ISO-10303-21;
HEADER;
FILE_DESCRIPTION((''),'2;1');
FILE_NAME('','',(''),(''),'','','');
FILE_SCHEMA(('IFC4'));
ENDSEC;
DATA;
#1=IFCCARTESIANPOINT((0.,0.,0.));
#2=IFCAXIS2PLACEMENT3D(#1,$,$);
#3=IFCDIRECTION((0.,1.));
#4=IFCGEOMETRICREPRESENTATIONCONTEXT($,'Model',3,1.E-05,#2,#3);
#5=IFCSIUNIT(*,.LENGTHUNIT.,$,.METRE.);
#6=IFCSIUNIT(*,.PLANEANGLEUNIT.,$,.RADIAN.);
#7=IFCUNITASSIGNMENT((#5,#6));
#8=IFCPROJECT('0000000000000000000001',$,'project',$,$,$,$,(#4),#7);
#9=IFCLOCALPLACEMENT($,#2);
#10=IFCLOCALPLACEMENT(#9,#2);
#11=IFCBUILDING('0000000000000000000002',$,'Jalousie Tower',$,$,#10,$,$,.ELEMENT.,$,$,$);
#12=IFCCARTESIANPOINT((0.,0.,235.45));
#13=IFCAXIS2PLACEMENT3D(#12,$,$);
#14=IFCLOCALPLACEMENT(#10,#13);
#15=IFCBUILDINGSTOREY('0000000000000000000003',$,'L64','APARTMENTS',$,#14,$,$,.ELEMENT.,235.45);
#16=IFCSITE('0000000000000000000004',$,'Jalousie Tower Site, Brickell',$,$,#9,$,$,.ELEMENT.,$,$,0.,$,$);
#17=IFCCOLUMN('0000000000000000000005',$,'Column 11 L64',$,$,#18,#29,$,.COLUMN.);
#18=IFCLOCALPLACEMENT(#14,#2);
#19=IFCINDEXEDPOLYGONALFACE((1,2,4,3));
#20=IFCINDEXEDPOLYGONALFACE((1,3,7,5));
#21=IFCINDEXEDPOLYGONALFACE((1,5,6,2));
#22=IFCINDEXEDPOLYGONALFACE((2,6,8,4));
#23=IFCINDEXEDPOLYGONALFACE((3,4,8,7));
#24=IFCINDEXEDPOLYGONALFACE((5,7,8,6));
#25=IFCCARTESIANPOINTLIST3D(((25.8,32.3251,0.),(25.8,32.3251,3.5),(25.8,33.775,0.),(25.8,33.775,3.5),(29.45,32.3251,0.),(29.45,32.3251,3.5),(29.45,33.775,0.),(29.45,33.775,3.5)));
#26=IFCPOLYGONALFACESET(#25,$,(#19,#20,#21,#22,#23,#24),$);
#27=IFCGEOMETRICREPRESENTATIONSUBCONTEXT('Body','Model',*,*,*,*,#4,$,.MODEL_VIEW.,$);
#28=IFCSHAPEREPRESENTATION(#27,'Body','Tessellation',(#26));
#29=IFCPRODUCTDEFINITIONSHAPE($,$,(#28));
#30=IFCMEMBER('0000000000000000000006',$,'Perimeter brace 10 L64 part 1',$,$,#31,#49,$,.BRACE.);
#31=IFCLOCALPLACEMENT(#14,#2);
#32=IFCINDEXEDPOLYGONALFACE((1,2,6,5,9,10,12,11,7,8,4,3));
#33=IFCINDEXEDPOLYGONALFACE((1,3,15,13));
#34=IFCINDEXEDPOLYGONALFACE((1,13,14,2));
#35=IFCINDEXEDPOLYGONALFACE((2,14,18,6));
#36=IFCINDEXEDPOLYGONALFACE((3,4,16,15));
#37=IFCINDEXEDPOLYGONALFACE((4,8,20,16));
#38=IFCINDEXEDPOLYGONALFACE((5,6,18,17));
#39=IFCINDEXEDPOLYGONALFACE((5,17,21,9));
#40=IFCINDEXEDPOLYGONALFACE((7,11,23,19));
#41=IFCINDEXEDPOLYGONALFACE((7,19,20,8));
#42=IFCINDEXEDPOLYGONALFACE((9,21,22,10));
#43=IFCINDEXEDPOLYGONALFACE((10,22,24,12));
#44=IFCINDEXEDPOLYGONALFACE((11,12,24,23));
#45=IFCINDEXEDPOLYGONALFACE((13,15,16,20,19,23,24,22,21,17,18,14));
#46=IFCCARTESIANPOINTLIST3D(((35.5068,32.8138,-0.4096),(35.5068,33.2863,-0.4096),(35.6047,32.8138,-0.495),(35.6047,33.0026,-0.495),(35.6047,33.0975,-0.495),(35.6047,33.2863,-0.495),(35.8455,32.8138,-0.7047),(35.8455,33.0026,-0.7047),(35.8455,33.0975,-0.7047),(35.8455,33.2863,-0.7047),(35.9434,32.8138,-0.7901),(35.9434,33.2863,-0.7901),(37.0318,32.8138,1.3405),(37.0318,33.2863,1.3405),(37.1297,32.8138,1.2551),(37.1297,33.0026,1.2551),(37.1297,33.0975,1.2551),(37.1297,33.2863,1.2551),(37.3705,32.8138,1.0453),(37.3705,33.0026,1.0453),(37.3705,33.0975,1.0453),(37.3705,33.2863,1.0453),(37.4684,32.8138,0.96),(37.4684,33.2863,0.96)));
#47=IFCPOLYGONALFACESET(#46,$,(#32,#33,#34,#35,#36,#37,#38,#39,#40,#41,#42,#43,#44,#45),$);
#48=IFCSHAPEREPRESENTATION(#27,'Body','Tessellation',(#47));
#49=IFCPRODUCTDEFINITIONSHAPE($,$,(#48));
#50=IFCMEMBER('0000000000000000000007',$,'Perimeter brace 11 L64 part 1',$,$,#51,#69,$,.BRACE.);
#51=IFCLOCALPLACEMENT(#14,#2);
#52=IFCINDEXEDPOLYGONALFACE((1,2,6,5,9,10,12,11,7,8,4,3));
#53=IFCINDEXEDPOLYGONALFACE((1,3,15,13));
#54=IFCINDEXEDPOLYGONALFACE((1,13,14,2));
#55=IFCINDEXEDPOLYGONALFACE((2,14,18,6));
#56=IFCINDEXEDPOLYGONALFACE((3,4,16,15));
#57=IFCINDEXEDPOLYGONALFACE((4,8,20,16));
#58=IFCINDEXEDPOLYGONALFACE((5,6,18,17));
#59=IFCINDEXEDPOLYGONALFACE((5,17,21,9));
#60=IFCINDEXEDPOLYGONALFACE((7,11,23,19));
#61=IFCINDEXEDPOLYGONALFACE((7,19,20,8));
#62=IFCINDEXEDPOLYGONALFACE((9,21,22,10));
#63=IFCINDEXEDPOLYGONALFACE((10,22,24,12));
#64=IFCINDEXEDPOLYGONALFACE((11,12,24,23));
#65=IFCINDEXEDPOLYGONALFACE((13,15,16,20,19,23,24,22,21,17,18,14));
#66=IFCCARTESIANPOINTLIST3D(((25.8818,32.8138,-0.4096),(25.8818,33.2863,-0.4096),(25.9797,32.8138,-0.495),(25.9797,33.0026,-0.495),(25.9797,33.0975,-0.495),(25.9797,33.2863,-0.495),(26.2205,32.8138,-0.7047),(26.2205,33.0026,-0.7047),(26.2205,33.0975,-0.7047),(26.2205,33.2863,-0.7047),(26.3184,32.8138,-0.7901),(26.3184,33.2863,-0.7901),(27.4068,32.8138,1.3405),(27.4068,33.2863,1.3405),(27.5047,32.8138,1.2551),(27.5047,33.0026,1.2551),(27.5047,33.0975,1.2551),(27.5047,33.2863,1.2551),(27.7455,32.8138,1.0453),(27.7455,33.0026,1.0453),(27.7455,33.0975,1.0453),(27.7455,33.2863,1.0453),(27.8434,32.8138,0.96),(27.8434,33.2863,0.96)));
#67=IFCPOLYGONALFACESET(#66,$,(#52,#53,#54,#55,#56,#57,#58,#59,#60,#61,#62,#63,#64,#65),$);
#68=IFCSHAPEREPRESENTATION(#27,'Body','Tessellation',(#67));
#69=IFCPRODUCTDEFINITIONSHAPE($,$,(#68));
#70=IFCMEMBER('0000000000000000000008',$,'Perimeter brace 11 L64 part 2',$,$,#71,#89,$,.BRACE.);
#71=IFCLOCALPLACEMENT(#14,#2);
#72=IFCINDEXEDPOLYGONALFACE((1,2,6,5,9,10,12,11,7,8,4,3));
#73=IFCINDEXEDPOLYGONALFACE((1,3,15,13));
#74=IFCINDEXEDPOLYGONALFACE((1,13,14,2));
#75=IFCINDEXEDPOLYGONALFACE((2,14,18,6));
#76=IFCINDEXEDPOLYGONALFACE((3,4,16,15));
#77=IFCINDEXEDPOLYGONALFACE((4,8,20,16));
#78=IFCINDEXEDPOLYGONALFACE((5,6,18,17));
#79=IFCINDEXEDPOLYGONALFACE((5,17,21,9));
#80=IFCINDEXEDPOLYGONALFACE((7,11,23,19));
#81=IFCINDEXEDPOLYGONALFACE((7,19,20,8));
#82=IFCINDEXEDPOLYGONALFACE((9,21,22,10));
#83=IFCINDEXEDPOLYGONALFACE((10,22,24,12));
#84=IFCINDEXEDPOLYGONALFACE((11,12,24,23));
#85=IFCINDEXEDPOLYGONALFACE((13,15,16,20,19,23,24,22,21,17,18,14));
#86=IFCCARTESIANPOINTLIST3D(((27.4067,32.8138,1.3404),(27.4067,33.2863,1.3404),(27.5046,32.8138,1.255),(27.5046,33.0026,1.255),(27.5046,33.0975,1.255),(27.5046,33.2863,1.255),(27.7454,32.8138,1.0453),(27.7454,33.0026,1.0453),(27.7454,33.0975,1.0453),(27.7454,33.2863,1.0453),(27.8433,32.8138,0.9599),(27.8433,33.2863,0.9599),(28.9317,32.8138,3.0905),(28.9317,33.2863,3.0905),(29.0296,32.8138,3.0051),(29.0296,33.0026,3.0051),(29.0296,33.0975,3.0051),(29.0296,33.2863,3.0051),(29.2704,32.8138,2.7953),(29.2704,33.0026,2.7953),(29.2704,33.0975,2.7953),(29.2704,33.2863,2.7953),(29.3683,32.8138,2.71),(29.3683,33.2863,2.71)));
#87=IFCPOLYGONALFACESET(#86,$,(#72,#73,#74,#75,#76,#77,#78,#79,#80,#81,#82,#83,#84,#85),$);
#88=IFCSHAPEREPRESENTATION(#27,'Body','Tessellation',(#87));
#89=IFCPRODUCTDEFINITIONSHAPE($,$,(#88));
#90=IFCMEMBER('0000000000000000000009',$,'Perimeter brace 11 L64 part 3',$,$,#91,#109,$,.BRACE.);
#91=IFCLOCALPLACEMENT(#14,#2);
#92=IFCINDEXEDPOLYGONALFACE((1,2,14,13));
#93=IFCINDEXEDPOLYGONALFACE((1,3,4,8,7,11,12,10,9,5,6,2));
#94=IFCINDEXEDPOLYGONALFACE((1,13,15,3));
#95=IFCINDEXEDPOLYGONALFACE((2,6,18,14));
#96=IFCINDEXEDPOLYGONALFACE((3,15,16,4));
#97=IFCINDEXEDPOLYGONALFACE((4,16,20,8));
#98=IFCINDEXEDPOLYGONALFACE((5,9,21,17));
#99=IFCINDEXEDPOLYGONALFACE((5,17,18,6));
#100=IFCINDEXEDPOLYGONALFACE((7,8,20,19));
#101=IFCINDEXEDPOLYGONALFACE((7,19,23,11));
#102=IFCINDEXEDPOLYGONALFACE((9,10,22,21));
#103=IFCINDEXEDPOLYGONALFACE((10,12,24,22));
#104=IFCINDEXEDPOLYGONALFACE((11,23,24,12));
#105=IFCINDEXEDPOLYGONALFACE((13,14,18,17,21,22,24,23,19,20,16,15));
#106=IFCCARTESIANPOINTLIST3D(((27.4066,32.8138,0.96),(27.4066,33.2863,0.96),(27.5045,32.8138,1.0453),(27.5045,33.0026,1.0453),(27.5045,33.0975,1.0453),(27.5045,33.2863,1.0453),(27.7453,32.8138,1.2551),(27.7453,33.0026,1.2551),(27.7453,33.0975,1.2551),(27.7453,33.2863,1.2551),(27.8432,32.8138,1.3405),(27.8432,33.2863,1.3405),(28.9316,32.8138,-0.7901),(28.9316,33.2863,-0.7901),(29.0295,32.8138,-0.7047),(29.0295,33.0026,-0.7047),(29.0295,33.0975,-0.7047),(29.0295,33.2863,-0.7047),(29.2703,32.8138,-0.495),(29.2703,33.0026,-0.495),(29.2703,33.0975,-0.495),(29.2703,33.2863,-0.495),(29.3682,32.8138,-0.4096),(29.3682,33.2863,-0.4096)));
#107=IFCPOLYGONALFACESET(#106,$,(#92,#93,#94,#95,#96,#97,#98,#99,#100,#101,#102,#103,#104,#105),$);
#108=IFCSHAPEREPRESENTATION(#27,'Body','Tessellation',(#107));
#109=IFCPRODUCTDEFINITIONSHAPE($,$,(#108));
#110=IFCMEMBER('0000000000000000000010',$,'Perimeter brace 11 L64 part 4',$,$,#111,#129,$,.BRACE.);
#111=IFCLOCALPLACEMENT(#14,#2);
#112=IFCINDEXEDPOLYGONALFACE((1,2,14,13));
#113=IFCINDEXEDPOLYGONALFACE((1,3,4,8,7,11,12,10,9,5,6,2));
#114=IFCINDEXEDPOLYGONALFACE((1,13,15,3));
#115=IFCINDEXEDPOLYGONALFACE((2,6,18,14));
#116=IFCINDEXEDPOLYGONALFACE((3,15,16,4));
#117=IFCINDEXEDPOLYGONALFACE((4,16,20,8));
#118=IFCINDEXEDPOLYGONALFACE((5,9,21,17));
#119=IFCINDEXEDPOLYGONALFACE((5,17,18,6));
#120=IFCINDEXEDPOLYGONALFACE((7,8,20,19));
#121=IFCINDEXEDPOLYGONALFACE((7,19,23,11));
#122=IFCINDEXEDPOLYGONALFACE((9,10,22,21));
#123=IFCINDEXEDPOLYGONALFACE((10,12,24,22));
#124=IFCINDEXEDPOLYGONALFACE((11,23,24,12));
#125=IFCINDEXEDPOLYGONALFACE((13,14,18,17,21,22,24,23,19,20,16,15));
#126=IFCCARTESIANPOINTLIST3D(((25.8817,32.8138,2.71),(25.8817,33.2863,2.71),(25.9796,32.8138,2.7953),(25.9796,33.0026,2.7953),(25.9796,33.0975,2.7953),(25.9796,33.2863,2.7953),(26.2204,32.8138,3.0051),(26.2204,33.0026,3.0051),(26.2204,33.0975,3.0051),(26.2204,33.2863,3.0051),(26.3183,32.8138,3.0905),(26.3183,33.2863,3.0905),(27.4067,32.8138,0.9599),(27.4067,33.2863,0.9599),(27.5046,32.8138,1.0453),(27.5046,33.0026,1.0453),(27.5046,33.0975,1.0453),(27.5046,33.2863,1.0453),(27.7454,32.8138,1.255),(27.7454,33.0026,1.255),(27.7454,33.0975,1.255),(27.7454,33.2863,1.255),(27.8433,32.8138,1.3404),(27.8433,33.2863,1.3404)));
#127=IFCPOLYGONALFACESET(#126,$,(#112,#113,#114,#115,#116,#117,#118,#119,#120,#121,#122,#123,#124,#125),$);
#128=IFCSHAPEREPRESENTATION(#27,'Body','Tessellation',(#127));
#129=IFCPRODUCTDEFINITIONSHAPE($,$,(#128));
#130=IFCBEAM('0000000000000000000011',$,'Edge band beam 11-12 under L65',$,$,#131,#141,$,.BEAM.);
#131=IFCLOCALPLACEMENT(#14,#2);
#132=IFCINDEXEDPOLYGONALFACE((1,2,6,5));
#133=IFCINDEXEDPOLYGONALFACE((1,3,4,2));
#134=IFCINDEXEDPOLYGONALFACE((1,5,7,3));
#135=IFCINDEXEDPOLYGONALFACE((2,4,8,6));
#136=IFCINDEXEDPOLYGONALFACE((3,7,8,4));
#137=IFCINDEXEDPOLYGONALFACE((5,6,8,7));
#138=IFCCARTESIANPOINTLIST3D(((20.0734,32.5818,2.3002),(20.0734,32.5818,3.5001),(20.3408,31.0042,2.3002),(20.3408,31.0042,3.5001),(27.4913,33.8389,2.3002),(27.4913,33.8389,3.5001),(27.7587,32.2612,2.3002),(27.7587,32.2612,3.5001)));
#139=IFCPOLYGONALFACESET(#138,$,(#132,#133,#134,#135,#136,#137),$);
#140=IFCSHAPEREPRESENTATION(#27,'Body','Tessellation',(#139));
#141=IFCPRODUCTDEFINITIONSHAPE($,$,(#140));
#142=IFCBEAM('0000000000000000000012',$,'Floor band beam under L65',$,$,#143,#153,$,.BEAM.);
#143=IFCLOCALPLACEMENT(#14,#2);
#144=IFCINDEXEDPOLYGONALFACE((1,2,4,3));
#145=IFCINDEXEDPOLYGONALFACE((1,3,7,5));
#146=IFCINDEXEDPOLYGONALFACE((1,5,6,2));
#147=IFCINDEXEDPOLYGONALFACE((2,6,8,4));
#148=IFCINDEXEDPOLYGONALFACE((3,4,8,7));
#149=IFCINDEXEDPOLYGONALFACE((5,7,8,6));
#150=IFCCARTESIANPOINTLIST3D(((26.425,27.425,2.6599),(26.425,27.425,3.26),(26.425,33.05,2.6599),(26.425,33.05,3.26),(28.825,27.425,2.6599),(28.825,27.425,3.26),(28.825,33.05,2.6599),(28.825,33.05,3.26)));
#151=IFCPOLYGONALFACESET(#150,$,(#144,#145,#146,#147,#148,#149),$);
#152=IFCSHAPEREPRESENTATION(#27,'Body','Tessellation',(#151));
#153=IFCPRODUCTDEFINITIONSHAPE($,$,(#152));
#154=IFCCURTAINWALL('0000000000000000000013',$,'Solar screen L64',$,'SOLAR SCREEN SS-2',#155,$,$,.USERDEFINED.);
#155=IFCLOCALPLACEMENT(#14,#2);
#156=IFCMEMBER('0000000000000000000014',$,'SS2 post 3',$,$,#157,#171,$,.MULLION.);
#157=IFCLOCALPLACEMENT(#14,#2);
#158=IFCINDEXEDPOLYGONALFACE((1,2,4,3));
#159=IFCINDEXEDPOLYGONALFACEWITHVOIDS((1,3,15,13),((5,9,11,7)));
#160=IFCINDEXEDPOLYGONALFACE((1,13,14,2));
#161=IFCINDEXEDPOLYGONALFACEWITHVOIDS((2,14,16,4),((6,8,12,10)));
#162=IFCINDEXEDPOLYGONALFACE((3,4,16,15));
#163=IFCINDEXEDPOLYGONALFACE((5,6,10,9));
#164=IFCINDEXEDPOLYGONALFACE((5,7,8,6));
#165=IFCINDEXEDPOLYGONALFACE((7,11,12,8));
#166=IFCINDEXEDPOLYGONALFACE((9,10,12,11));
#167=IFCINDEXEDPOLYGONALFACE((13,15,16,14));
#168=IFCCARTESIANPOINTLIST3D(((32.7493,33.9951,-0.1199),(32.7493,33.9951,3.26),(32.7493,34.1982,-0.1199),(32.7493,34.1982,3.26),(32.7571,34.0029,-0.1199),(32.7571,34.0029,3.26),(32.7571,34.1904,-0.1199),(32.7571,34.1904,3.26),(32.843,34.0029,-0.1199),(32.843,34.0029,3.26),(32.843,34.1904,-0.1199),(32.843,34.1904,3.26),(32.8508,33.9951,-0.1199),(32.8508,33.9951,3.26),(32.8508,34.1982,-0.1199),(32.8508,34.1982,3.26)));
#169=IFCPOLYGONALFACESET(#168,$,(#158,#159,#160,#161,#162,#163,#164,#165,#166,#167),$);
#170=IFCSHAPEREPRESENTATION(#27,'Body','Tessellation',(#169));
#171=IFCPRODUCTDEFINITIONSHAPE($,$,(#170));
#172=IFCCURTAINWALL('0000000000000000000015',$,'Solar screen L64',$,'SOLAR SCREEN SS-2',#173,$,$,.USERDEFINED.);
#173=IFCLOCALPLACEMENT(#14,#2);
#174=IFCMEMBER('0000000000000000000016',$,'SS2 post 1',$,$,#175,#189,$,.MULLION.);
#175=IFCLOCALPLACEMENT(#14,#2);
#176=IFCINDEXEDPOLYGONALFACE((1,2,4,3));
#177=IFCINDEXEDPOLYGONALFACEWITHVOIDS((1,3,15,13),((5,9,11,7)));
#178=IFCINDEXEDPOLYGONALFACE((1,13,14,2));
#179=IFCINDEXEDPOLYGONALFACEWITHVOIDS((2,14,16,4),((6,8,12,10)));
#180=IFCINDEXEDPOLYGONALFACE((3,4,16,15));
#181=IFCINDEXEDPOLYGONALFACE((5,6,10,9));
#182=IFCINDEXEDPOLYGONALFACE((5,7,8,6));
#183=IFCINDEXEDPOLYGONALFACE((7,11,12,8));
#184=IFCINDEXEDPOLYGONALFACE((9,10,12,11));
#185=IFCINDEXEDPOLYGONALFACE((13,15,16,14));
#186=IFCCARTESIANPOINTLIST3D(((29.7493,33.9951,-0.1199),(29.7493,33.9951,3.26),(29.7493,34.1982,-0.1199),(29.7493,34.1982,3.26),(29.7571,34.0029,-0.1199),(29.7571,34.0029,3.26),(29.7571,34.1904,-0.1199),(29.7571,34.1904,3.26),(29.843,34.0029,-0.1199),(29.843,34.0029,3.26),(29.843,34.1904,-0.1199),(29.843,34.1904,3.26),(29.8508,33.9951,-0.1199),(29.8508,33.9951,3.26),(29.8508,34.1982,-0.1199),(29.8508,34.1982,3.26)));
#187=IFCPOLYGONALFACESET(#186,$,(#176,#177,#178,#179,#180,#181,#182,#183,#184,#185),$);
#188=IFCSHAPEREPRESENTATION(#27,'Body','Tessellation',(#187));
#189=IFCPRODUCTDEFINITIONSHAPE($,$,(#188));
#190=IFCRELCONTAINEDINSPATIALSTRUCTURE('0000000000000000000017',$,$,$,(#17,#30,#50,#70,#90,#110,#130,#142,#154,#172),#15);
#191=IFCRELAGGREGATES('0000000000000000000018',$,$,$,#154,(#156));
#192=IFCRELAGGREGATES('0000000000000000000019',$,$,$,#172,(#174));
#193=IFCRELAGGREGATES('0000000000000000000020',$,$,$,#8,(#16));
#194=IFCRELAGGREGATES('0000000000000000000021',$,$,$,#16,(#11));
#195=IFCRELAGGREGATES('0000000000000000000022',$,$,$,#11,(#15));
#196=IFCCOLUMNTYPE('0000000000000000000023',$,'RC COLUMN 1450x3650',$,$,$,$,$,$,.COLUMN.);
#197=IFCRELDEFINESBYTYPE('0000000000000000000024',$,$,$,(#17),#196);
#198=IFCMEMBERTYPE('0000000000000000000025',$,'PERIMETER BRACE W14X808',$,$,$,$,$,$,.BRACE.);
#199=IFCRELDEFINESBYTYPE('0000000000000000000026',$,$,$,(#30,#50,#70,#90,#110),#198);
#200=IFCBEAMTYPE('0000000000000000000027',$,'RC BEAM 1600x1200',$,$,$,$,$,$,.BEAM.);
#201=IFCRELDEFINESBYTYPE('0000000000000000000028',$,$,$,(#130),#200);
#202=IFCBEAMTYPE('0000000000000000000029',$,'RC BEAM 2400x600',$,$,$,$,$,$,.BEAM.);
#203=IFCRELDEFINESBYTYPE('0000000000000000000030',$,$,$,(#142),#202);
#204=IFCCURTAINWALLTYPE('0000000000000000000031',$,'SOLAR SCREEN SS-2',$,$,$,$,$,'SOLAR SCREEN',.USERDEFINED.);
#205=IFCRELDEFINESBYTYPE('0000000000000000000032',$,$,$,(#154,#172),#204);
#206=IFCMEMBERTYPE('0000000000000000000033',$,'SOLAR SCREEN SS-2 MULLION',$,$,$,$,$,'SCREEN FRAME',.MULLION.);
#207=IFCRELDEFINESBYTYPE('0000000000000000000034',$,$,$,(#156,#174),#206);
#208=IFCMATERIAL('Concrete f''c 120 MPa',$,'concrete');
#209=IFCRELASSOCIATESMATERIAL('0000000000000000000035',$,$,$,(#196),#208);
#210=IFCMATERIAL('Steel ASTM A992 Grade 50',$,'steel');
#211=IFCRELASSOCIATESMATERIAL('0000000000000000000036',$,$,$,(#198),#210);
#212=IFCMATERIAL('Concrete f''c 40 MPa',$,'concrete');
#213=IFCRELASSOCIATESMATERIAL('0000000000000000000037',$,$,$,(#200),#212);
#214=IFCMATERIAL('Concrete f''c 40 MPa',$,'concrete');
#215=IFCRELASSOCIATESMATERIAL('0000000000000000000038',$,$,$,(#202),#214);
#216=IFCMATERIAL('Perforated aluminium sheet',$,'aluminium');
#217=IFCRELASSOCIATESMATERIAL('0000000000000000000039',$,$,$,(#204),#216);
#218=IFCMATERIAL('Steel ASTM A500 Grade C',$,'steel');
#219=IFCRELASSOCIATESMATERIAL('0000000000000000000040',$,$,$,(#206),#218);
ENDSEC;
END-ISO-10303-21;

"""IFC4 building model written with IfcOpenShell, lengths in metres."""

from ifc_helpers import new_model, si_unit, direction, frame, origin, origin_2d, place, context, subcontext, project, spatial, rectangle, hollow_rectangle, i_section, extrude, material, material_profile, profile_set, type_object, element, aggregate, save


model = new_model("IFC4")

# Units and contexts
model_context = context("Model", 3, precision=1e-05, world=origin(), true_north=direction((0.0, 1.0)))
body_context = subcontext(model_context, "Body", "Model", "MODEL_VIEW")
ifc_project = project(units=[si_unit("LENGTHUNIT", "METRE"), si_unit("PLANEANGLEUNIT", "RADIAN")], contexts=[model_context])

# Site, building, storey
site_placement = place(None, origin())
site = spatial("IfcSite", under=ifc_project, at=site_placement, Name="Jalousie Tower Site, Brickell", CompositionType="ELEMENT", RefElevation=0.0)
building_placement = place(site_placement, origin())
building = spatial("IfcBuilding", under=site, at=building_placement, Name="Jalousie Tower", CompositionType="ELEMENT")
storey_placement = place(building_placement, frame((0.0, 0.0, 235.45)))
storey = spatial("IfcBuildingStorey", under=building, at=storey_placement, Name="L64", Description="APARTMENTS", CompositionType="ELEMENT", Elevation=235.45)

# Column
ifc_material_1 = material(Name="Concrete f'c 120 MPa", Category="concrete")
ifc_material_profile_1 = material_profile(ifc_material_1, rectangle(XDim=1.45, YDim=3.6499, at=origin_2d()), Name="RC 1450x3650")
ifc_profile_set_1 = profile_set([ifc_material_profile_1], Name="Concrete f'c 120 MPa")
column_type = type_object("IfcColumnType", Name="RC COLUMN 1450x3650", PredefinedType="COLUMN", material=ifc_profile_set_1)
column_placement = place(storey_placement, frame((27.625, 33.05, 0.0), z_axis=(0.0, 0.0, 1.0), x_axis=(0.0, 1.0, 0.0)))
element("IfcColumn", 1, at=column_placement, inside=storey, type_object=column_type, Name="Column 11 L64", PredefinedType="COLUMN", context=body_context, shape_type="SweptSolid", body=[
    extrude(rectangle(XDim=1.45, YDim=3.6499, at=origin_2d()), origin(), (0.0, 0.0, 1.0), 3.5),
])

# Members
ifc_material_2 = material(Name="Steel ASTM A992 Grade 50", Category="steel")
ifc_material_profile_2 = material_profile(ifc_material_2, i_section(OverallWidth=0.4724, OverallDepth=0.5791, WebThickness=0.095, FlangeThickness=0.1299, at=origin_2d()), Name="W14X808")
ifc_profile_set_2 = profile_set([ifc_material_profile_2], Name="Steel ASTM A992 Grade 50")
member_type_1 = type_object("IfcMemberType", Name="PERIMETER BRACE W14X808", PredefinedType="BRACE", material=ifc_profile_set_2)
for number, where, z_axis, x_axis, name in (
    (2, (35.7251, 33.05, -0.5999), (0.656954, 0.0, 0.75393), (0.0, 1.0, 0.0), "Perimeter brace 10 L64 part 1"),
    (3, (26.1001, 33.05, -0.5999), (0.656954, 0.0, 0.75393), (0.0, 1.0, 0.0), "Perimeter brace 11 L64 part 1"),
    (4, (27.625, 33.05, 1.1501), (0.656954, 0.0, 0.75393), (0.0, 1.0, 0.0), "Perimeter brace 11 L64 part 2"),
    (5, (29.1499, 33.05, -0.5999), (-0.656954, 0.0, 0.75393), (0.0, -1.0, 0.0), "Perimeter brace 11 L64 part 3"),
    (6, (27.625, 33.05, 1.1501), (-0.656954, 0.0, 0.75393), (0.0, -1.0, 0.0), "Perimeter brace 11 L64 part 4"),
):
    element("IfcMember", number, at=place(storey_placement, frame(where, z_axis=z_axis, x_axis=x_axis)), inside=storey, type_object=member_type_1, Name=name, PredefinedType="BRACE", context=body_context, shape_type="SweptSolid", body=[
        extrude(i_section(OverallWidth=0.4724, OverallDepth=0.5791, WebThickness=0.095, FlangeThickness=0.1299, at=origin_2d()), origin(), (0.0, 0.0, 1.0), 2.3213),
    ])

# Beams
ifc_material_3 = material(Name="Concrete f'c 40 MPa", Category="concrete")
ifc_material_profile_3 = material_profile(ifc_material_3, rectangle(XDim=1.6001, YDim=1.2, at=origin_2d()), Name="RC 1600x1200")
ifc_profile_set_3 = profile_set([ifc_material_profile_3], Name="Concrete f'c 40 MPa")
beam_type_1 = type_object("IfcBeamType", Name="RC BEAM 1600x1200", PredefinedType="BEAM", material=ifc_profile_set_3)
beam_1_placement = place(storey_placement, frame((27.625, 33.05, 2.9001), z_axis=(-0.985943, -0.167082, 0.0), x_axis=(0.167082, -0.985943, 0.0)))
element("IfcBeam", 7, at=beam_1_placement, inside=storey, type_object=beam_type_1, Name="Edge band beam 11-12 under L65", PredefinedType="BEAM", context=body_context, shape_type="SweptSolid", body=[
    extrude(rectangle(XDim=1.6001, YDim=1.2, at=origin_2d()), origin(), (0.0, 0.0, 1.0), 7.5237),
])
ifc_material_4 = material(Name="Concrete f'c 40 MPa", Category="concrete")
ifc_material_profile_4 = material_profile(ifc_material_4, rectangle(XDim=2.3999, YDim=0.6001, at=origin_2d()), Name="RC 2400x600")
ifc_profile_set_4 = profile_set([ifc_material_profile_4], Name="Concrete f'c 40 MPa")
beam_type_2 = type_object("IfcBeamType", Name="RC BEAM 2400x600", PredefinedType="BEAM", material=ifc_profile_set_4)
beam_2_placement = place(storey_placement, frame((27.625, 33.05, 2.96), z_axis=(0.0, -1.0, 0.0), x_axis=(1.0, 0.0, 0.0)))
element("IfcBeam", 8, at=beam_2_placement, inside=storey, type_object=beam_type_2, Name="Floor band beam under L65", PredefinedType="BEAM", context=body_context, shape_type="SweptSolid", body=[
    extrude(rectangle(XDim=2.3999, YDim=0.6001, at=origin_2d()), origin(), (0.0, 0.0, 1.0), 5.625),
])

# Curtain wall, member
ifc_material_5 = material(Name="Perforated aluminium sheet", Category="aluminium")
curtain_wall_type = type_object("IfcCurtainWallType", Name="SOLAR SCREEN SS-2", ElementType="SOLAR SCREEN", PredefinedType="USERDEFINED", material=ifc_material_5)
curtain_wall_1_placement = place(storey_placement, origin())
curtain_wall_1 = element("IfcCurtainWall", 9, at=curtain_wall_1_placement, inside=storey, type_object=curtain_wall_type, Name="Solar screen L64", ObjectType="SOLAR SCREEN SS-2", PredefinedType="USERDEFINED")
ifc_material_6 = material(Name="Steel ASTM A500 Grade C", Category="steel")
ifc_material_profile_5 = material_profile(ifc_material_6, hollow_rectangle(XDim=0.1016, YDim=0.2031, WallThickness=0.0078, at=origin_2d()), Name="HSS8X4X5/16")
ifc_profile_set_5 = profile_set([ifc_material_profile_5], Name="Steel ASTM A500 Grade C")
member_type_2 = type_object("IfcMemberType", Name="SOLAR SCREEN SS-2 MULLION", ElementType="SCREEN FRAME", PredefinedType="MULLION", material=ifc_profile_set_5)
member_1_placement = place(storey_placement, frame((32.8, 34.0967, -0.1199), z_axis=(0.0, 0.0, 1.0), x_axis=(-1.0, 0.0, 0.0)))
member_1 = element("IfcMember", 10, at=member_1_placement, type_object=member_type_2, Name="SS2 post 3", PredefinedType="MULLION", context=body_context, shape_type="SweptSolid", body=[
    extrude(hollow_rectangle(XDim=0.1016, YDim=0.2031, WallThickness=0.0078, at=origin_2d()), origin(), (0.0, 0.0, 1.0), 3.3799),
])

# Curtain wall, member
curtain_wall_2_placement = place(storey_placement, origin())
curtain_wall_2 = element("IfcCurtainWall", 11, at=curtain_wall_2_placement, inside=storey, type_object=curtain_wall_type, Name="Solar screen L64", ObjectType="SOLAR SCREEN SS-2", PredefinedType="USERDEFINED")
member_2_placement = place(storey_placement, frame((29.8, 34.0967, -0.1199), z_axis=(0.0, 0.0, 1.0), x_axis=(-1.0, 0.0, 0.0)))
member_2 = element("IfcMember", 12, at=member_2_placement, type_object=member_type_2, Name="SS2 post 1", PredefinedType="MULLION", context=body_context, shape_type="SweptSolid", body=[
    extrude(hollow_rectangle(XDim=0.1016, YDim=0.2031, WallThickness=0.0078, at=origin_2d()), origin(), (0.0, 0.0, 1.0), 3.3799),
])

aggregate(curtain_wall_1, [member_1])
aggregate(curtain_wall_2, [member_2])

save(model, "model.ifc")
